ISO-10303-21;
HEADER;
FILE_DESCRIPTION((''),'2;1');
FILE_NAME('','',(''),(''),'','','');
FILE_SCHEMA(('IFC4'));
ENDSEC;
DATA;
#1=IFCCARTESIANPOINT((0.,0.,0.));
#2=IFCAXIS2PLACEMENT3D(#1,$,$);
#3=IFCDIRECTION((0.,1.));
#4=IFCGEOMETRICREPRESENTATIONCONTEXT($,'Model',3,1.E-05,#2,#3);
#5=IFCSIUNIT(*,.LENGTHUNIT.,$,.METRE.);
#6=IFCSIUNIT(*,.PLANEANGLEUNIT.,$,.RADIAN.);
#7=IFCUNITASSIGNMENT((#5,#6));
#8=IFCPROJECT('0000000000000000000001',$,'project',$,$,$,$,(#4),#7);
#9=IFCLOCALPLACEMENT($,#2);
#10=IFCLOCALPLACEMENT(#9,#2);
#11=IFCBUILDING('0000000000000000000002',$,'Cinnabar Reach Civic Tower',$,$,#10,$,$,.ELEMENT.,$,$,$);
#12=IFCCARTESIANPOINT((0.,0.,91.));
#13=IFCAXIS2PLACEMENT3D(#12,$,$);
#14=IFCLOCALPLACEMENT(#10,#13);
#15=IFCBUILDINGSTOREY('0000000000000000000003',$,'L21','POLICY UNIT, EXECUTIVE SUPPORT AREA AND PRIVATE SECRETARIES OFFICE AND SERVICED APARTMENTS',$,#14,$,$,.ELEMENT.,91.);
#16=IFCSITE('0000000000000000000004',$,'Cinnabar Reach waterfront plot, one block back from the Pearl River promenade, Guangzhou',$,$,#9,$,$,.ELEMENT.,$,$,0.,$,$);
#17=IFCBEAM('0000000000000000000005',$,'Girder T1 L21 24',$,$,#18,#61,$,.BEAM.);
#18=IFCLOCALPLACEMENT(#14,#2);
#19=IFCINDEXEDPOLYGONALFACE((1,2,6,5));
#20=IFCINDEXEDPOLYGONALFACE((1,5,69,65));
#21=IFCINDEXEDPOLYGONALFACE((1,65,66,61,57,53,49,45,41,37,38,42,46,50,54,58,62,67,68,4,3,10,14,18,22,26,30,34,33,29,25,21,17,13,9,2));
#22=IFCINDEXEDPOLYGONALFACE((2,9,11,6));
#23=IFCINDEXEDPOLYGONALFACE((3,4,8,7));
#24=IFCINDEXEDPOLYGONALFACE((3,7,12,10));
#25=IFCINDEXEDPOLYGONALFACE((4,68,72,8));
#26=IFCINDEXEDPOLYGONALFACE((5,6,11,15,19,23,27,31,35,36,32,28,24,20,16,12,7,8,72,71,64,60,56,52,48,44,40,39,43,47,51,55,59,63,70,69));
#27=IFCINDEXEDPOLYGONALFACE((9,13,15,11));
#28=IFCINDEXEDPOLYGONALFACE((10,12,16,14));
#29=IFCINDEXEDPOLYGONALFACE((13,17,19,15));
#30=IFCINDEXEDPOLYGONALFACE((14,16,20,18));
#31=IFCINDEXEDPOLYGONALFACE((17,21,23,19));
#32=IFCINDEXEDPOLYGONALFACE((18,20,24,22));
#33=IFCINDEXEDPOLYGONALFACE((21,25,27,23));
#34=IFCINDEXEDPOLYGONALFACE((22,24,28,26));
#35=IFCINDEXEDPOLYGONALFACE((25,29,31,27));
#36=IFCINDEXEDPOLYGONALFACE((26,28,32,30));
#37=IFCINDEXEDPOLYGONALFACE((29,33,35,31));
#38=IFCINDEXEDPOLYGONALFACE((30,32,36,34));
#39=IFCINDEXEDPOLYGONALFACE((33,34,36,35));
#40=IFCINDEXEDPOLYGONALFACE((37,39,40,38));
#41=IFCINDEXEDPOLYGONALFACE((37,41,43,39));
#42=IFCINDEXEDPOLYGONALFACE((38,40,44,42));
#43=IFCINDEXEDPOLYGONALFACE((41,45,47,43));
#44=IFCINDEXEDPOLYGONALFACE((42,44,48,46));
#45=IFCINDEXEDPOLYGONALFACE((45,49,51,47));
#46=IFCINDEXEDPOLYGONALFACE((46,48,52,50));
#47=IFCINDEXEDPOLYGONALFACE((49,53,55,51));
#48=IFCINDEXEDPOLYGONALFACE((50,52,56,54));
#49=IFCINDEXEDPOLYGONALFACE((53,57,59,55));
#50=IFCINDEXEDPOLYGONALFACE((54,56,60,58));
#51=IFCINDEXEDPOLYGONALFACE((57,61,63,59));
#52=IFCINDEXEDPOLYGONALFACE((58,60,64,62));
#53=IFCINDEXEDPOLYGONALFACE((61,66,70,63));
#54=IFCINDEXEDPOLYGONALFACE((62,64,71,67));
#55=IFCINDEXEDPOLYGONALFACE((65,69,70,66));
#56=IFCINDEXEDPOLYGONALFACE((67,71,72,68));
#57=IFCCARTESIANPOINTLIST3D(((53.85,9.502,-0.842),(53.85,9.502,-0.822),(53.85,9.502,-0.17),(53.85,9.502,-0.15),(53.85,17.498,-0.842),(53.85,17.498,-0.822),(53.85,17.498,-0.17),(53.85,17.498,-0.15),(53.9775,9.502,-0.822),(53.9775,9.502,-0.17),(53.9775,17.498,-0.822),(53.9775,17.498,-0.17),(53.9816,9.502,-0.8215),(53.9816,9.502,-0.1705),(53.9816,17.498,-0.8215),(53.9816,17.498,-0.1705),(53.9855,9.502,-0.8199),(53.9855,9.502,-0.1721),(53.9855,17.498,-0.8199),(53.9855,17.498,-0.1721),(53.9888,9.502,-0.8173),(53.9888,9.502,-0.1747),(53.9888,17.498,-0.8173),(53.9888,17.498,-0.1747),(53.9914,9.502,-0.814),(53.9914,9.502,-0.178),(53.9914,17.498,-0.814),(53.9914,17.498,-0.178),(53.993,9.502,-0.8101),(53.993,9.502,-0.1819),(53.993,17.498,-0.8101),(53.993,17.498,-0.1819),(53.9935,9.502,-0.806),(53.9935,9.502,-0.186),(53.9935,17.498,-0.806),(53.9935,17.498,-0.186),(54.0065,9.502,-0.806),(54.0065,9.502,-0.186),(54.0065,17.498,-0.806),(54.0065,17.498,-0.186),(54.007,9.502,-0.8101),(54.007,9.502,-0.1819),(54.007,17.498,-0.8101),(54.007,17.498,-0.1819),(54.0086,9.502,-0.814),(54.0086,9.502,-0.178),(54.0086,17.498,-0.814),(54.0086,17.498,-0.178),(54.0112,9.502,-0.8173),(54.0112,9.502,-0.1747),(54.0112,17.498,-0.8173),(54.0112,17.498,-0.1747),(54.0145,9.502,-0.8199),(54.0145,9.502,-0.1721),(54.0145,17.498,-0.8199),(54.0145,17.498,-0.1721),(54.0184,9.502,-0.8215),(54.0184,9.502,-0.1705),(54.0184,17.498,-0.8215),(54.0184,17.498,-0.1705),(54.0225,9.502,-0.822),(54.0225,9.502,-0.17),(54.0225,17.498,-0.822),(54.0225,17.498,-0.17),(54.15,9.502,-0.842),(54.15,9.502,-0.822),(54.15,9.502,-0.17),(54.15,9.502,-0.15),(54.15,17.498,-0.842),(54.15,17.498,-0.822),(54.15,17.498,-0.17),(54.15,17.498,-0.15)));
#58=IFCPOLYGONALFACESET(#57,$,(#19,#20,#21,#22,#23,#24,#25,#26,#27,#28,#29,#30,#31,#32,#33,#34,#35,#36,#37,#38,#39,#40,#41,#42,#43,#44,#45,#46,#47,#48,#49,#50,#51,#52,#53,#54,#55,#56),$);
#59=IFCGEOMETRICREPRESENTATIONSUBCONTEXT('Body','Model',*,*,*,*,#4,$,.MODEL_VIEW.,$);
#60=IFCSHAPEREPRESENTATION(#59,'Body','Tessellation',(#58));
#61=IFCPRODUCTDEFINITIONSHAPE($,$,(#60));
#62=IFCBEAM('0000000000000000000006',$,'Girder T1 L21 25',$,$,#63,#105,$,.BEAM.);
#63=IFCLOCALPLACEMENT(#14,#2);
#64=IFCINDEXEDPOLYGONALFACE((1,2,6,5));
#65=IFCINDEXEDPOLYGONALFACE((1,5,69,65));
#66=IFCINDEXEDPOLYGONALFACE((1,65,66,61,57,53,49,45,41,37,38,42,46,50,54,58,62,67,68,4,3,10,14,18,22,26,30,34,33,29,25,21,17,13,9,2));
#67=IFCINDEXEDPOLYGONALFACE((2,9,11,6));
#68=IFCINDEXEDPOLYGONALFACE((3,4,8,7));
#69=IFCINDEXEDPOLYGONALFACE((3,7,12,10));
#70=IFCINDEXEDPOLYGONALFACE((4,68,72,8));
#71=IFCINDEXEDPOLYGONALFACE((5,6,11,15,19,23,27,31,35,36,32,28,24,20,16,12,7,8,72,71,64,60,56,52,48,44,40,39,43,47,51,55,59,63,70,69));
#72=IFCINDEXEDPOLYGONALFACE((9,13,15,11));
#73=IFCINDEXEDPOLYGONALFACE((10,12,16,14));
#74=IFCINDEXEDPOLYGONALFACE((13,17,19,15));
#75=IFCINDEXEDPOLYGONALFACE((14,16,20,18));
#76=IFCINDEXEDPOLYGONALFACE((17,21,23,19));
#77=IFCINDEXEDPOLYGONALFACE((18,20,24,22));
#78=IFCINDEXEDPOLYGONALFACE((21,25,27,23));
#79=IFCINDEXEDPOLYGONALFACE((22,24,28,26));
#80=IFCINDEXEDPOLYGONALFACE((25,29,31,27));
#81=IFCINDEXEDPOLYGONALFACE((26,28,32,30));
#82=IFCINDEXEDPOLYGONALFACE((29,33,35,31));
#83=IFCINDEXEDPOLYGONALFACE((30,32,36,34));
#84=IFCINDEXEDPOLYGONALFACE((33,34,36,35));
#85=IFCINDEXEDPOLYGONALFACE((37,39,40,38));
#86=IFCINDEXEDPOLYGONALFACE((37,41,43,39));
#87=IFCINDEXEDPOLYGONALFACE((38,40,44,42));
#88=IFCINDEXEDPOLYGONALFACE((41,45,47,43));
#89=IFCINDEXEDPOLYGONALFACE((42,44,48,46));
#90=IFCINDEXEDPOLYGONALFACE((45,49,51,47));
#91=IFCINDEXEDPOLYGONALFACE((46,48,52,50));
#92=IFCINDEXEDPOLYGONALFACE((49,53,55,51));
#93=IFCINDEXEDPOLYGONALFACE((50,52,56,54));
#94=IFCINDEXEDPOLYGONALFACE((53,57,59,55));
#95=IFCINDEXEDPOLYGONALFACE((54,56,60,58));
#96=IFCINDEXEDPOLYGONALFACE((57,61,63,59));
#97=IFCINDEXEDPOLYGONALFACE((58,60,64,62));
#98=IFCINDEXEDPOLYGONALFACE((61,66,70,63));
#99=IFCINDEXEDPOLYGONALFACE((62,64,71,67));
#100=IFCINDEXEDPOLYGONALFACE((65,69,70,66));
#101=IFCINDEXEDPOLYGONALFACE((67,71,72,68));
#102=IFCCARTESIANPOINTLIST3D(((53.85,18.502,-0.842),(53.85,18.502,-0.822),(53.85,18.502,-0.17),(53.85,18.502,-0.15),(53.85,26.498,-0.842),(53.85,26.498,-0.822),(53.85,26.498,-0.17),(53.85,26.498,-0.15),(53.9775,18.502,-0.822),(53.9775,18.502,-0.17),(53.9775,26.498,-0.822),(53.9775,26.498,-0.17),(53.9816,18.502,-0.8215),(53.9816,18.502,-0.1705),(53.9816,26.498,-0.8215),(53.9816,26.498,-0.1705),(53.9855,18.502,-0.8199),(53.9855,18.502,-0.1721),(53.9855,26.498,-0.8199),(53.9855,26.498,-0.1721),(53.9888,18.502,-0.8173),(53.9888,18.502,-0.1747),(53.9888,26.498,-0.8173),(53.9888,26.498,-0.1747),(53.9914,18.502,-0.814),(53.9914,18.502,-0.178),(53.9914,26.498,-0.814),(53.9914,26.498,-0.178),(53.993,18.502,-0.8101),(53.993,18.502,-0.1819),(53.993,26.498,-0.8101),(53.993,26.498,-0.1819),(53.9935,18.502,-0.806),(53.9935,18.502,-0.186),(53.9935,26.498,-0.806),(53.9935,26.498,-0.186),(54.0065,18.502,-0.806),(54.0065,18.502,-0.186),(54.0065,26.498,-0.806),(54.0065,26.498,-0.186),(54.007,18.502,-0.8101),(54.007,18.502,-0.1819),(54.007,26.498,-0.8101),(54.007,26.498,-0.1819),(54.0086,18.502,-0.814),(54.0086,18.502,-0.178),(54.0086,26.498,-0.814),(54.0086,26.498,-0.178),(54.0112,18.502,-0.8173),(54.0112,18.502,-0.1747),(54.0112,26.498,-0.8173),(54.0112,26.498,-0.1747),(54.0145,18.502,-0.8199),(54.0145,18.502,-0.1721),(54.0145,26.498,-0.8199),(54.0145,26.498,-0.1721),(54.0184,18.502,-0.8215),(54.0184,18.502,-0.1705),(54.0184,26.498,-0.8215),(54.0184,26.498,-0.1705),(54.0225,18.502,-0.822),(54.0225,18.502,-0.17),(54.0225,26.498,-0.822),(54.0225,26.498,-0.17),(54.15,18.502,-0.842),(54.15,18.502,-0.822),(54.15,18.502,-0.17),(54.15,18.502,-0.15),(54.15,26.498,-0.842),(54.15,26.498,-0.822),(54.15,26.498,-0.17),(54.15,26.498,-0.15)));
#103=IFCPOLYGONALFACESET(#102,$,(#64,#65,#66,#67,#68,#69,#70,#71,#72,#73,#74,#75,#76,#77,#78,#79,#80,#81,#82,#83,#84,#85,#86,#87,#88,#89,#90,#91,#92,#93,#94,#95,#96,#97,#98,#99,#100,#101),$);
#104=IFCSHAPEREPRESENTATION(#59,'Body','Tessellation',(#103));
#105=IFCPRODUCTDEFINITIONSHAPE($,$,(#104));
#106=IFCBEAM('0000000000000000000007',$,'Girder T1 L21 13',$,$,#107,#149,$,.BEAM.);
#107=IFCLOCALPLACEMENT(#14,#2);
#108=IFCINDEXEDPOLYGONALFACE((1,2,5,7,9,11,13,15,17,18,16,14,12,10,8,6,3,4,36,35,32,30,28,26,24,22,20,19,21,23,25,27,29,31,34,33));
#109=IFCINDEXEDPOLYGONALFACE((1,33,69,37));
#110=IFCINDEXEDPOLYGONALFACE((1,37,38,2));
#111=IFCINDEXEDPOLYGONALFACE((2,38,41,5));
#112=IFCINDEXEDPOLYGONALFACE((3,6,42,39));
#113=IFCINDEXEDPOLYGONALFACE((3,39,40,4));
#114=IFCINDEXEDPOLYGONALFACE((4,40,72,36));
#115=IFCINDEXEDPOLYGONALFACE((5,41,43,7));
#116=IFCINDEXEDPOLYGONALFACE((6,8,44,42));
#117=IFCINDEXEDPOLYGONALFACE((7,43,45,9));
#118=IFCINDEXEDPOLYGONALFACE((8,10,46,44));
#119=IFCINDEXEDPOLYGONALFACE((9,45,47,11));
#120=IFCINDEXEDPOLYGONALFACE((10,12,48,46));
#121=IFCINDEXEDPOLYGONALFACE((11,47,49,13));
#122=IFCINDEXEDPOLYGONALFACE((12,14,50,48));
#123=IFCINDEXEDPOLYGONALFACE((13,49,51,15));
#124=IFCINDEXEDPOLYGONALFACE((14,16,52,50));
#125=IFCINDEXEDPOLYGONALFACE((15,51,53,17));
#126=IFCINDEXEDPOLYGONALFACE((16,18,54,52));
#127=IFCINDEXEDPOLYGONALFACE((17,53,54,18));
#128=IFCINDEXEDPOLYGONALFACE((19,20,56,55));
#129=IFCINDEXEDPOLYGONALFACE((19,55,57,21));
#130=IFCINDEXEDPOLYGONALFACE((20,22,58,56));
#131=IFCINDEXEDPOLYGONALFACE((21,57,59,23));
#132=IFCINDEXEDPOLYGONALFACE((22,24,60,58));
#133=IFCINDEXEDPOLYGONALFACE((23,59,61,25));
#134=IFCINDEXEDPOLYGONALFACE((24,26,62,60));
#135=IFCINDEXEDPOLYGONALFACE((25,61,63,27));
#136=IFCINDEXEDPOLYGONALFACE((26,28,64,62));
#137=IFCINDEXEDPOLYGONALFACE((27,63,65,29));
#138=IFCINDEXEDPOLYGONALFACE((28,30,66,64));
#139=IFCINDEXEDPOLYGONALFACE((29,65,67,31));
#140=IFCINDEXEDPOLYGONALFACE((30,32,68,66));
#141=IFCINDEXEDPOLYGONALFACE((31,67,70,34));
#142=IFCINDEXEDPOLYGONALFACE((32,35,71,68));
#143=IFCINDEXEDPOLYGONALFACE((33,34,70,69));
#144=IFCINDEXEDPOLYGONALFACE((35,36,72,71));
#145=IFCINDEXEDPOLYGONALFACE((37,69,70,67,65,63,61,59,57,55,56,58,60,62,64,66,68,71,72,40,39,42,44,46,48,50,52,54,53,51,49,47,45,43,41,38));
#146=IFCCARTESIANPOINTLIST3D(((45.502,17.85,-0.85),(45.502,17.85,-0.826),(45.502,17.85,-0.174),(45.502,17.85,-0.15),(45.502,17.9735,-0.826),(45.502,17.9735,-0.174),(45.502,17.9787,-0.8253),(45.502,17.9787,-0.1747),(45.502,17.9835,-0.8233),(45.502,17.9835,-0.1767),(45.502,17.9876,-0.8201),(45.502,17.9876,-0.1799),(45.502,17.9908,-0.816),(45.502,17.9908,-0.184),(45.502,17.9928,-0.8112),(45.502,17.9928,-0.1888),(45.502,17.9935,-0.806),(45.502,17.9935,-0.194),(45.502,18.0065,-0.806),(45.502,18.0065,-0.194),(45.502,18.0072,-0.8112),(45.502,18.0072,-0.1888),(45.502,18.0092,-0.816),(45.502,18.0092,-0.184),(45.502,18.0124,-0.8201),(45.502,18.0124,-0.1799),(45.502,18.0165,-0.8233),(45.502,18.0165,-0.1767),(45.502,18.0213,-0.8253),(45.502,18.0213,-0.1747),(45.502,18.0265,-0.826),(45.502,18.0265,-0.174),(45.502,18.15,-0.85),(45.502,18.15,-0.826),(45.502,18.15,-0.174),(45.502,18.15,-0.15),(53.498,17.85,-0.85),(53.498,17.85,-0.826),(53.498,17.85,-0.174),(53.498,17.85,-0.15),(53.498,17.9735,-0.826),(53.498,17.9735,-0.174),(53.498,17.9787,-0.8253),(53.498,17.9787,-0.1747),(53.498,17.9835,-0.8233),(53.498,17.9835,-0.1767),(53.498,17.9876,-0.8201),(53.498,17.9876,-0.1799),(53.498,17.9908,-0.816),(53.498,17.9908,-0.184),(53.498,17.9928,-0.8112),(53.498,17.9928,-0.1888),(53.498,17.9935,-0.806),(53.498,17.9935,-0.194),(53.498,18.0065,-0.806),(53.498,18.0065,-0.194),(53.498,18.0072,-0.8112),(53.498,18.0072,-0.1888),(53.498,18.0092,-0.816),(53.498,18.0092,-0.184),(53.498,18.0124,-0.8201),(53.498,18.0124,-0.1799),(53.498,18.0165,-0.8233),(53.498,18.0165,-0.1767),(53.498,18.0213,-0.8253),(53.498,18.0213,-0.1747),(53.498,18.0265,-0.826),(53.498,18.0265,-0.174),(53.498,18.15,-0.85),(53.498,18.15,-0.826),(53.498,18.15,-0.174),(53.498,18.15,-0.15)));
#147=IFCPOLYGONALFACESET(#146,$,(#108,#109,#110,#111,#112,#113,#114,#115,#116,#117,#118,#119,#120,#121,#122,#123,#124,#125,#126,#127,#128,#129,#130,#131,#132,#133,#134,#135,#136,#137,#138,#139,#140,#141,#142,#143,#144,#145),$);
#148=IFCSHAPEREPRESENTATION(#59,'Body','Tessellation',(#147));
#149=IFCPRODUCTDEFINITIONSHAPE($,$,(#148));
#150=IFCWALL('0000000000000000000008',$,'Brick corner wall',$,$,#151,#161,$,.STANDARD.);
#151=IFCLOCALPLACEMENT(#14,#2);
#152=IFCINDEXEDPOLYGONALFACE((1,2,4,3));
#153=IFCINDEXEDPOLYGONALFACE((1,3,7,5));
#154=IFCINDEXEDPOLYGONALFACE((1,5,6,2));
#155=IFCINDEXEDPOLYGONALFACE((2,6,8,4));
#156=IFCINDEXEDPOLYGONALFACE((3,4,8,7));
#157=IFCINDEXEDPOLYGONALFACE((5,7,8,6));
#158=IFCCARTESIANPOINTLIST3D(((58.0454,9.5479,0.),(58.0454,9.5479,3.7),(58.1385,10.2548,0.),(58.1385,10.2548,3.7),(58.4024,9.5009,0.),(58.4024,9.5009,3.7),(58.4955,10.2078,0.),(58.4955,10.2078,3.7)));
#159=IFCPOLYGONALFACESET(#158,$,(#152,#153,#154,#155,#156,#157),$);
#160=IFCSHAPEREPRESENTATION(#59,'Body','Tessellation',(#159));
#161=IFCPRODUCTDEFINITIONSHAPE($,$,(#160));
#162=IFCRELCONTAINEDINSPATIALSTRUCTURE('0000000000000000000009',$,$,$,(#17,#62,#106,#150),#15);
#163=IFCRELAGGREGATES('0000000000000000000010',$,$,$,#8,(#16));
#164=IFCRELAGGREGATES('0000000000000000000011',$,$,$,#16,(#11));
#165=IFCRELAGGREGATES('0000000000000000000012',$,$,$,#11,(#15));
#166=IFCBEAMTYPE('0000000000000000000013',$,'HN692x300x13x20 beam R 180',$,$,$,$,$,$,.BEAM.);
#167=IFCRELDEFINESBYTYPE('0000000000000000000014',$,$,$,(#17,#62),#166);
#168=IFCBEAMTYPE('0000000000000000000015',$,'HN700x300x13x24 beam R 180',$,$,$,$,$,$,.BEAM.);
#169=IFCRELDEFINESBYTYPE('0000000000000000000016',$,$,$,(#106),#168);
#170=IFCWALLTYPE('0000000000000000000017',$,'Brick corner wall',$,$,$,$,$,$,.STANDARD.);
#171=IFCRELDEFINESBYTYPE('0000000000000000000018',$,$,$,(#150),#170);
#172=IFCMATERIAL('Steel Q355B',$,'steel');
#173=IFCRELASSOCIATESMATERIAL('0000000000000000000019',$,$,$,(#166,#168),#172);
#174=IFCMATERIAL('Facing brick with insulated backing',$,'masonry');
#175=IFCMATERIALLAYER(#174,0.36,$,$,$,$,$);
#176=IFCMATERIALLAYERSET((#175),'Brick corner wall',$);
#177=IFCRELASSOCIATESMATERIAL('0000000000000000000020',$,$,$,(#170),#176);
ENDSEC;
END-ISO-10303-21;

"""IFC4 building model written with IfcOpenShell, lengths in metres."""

from ifc_helpers import new_model, si_unit, direction, frame, frame_2d, origin, origin_2d, place, context, subcontext, project, spatial, rectangle, i_section, extrude, material, layer, layer_set, material_profile, profile_set, type_object, element, save


model = new_model("IFC4")

# Units and contexts
model_context = context("Model", 3, precision=1e-05, world=origin(), true_north=direction((0.0, 1.0)))
body_context = subcontext(model_context, "Body", "Model", "MODEL_VIEW")
ifc_project = project(units=[si_unit("LENGTHUNIT", "METRE"), si_unit("PLANEANGLEUNIT", "RADIAN")], contexts=[model_context])

# Site, building, storey
site_placement = place(None, origin())
site = spatial("IfcSite", under=ifc_project, at=site_placement, Name="Cinnabar Reach waterfront plot, one block back from the Pearl River promenade, Guangzhou", CompositionType="ELEMENT", RefElevation=0.0)
building_placement = place(site_placement, origin())
building = spatial("IfcBuilding", under=site, at=building_placement, Name="Cinnabar Reach Civic Tower", CompositionType="ELEMENT")
storey_placement = place(building_placement, frame((0.0, 0.0, 91.0)))
storey = spatial("IfcBuildingStorey", under=building, at=storey_placement, Name="L21", Description="POLICY UNIT, EXECUTIVE SUPPORT AREA AND PRIVATE SECRETARIES OFFICE AND SERVICED APARTMENTS", CompositionType="ELEMENT", Elevation=91.0)

# Beams
ifc_material_1 = material(Name="Steel Q355B", Category="steel")
ifc_material_profile_1 = material_profile(ifc_material_1, i_section(OverallWidth=0.3, OverallDepth=0.692, WebThickness=0.013, FlangeThickness=0.02, FilletRadius=0.016, at=origin_2d()), Name="HN692x300x13x20")
ifc_profile_set_1 = profile_set([ifc_material_profile_1], Name="Steel Q355B")
beam_type_1 = type_object("IfcBeamType", Name="HN692x300x13x20 beam R 180", PredefinedType="BEAM", material=ifc_profile_set_1)
for number, where, z_axis, x_axis, name in (
    (1, (54.0, 9.502, -0.496), (0.0, 1.0, 0.0), (-1.0, 0.0, 0.0), "Girder T1 L21 24"),
    (2, (54.0, 18.502, -0.496), (0.0, 1.0, 0.0), (-1.0, 0.0, 0.0), "Girder T1 L21 25"),
):
    element("IfcBeam", number, at=place(storey_placement, frame(where, z_axis=z_axis, x_axis=x_axis)), inside=storey, type_object=beam_type_1, Name=name, PredefinedType="BEAM", context=body_context, shape_type="SweptSolid", body=[
        extrude(i_section(OverallWidth=0.3, OverallDepth=0.692, WebThickness=0.013, FlangeThickness=0.02, FilletRadius=0.016, at=origin_2d()), origin(), (0.0, 0.0, 1.0), 7.996),
    ])
ifc_material_profile_2 = material_profile(ifc_material_1, i_section(OverallWidth=0.3, OverallDepth=0.7, WebThickness=0.013, FlangeThickness=0.024, FilletRadius=0.02, at=origin_2d()), Name="HN700x300x13x24")
ifc_profile_set_2 = profile_set([ifc_material_profile_2], Name="Steel Q355B")
beam_type_2 = type_object("IfcBeamType", Name="HN700x300x13x24 beam R 180", PredefinedType="BEAM", material=ifc_profile_set_2)
beam_1_placement = place(storey_placement, frame((45.502, 18.0, -0.5), z_axis=(1.0, 0.0, 0.0), x_axis=(0.0, 1.0, 0.0)))
element("IfcBeam", 3, at=beam_1_placement, inside=storey, type_object=beam_type_2, Name="Girder T1 L21 13", PredefinedType="BEAM", context=body_context, shape_type="SweptSolid", body=[
    extrude(i_section(OverallWidth=0.3, OverallDepth=0.7, WebThickness=0.013, FlangeThickness=0.024, FilletRadius=0.02, at=origin_2d()), origin(), (0.0, 0.0, 1.0), 7.996),
])

# Wall
ifc_material_2 = material(Name="Facing brick with insulated backing", Category="masonry")
ifc_layer_1 = layer(ifc_material_2, 0.36)
ifc_layer_set_1 = layer_set([ifc_layer_1], Name="Brick corner wall")
wall_type_1 = type_object("IfcWallType", Name="Brick corner wall", PredefinedType="STANDARD", material=ifc_layer_set_1)
wall_1_placement = place(storey_placement, frame((58.2239, 9.5244, 0.0), z_axis=(0.0, 0.0, 1.0), x_axis=(0.130556, 0.991441, 0.0)))
element("IfcWall", 4, at=wall_1_placement, inside=storey, type_object=wall_type_1, Name="Brick corner wall", PredefinedType="STANDARD", context=body_context, shape_type="SweptSolid", body=[
    extrude(rectangle(XDim=0.7131, YDim=0.36, at=frame_2d((0.3565, 0.0))), origin(), (0.0, 0.0, 1.0), 3.7),
])

save(model, "model.ifc")
